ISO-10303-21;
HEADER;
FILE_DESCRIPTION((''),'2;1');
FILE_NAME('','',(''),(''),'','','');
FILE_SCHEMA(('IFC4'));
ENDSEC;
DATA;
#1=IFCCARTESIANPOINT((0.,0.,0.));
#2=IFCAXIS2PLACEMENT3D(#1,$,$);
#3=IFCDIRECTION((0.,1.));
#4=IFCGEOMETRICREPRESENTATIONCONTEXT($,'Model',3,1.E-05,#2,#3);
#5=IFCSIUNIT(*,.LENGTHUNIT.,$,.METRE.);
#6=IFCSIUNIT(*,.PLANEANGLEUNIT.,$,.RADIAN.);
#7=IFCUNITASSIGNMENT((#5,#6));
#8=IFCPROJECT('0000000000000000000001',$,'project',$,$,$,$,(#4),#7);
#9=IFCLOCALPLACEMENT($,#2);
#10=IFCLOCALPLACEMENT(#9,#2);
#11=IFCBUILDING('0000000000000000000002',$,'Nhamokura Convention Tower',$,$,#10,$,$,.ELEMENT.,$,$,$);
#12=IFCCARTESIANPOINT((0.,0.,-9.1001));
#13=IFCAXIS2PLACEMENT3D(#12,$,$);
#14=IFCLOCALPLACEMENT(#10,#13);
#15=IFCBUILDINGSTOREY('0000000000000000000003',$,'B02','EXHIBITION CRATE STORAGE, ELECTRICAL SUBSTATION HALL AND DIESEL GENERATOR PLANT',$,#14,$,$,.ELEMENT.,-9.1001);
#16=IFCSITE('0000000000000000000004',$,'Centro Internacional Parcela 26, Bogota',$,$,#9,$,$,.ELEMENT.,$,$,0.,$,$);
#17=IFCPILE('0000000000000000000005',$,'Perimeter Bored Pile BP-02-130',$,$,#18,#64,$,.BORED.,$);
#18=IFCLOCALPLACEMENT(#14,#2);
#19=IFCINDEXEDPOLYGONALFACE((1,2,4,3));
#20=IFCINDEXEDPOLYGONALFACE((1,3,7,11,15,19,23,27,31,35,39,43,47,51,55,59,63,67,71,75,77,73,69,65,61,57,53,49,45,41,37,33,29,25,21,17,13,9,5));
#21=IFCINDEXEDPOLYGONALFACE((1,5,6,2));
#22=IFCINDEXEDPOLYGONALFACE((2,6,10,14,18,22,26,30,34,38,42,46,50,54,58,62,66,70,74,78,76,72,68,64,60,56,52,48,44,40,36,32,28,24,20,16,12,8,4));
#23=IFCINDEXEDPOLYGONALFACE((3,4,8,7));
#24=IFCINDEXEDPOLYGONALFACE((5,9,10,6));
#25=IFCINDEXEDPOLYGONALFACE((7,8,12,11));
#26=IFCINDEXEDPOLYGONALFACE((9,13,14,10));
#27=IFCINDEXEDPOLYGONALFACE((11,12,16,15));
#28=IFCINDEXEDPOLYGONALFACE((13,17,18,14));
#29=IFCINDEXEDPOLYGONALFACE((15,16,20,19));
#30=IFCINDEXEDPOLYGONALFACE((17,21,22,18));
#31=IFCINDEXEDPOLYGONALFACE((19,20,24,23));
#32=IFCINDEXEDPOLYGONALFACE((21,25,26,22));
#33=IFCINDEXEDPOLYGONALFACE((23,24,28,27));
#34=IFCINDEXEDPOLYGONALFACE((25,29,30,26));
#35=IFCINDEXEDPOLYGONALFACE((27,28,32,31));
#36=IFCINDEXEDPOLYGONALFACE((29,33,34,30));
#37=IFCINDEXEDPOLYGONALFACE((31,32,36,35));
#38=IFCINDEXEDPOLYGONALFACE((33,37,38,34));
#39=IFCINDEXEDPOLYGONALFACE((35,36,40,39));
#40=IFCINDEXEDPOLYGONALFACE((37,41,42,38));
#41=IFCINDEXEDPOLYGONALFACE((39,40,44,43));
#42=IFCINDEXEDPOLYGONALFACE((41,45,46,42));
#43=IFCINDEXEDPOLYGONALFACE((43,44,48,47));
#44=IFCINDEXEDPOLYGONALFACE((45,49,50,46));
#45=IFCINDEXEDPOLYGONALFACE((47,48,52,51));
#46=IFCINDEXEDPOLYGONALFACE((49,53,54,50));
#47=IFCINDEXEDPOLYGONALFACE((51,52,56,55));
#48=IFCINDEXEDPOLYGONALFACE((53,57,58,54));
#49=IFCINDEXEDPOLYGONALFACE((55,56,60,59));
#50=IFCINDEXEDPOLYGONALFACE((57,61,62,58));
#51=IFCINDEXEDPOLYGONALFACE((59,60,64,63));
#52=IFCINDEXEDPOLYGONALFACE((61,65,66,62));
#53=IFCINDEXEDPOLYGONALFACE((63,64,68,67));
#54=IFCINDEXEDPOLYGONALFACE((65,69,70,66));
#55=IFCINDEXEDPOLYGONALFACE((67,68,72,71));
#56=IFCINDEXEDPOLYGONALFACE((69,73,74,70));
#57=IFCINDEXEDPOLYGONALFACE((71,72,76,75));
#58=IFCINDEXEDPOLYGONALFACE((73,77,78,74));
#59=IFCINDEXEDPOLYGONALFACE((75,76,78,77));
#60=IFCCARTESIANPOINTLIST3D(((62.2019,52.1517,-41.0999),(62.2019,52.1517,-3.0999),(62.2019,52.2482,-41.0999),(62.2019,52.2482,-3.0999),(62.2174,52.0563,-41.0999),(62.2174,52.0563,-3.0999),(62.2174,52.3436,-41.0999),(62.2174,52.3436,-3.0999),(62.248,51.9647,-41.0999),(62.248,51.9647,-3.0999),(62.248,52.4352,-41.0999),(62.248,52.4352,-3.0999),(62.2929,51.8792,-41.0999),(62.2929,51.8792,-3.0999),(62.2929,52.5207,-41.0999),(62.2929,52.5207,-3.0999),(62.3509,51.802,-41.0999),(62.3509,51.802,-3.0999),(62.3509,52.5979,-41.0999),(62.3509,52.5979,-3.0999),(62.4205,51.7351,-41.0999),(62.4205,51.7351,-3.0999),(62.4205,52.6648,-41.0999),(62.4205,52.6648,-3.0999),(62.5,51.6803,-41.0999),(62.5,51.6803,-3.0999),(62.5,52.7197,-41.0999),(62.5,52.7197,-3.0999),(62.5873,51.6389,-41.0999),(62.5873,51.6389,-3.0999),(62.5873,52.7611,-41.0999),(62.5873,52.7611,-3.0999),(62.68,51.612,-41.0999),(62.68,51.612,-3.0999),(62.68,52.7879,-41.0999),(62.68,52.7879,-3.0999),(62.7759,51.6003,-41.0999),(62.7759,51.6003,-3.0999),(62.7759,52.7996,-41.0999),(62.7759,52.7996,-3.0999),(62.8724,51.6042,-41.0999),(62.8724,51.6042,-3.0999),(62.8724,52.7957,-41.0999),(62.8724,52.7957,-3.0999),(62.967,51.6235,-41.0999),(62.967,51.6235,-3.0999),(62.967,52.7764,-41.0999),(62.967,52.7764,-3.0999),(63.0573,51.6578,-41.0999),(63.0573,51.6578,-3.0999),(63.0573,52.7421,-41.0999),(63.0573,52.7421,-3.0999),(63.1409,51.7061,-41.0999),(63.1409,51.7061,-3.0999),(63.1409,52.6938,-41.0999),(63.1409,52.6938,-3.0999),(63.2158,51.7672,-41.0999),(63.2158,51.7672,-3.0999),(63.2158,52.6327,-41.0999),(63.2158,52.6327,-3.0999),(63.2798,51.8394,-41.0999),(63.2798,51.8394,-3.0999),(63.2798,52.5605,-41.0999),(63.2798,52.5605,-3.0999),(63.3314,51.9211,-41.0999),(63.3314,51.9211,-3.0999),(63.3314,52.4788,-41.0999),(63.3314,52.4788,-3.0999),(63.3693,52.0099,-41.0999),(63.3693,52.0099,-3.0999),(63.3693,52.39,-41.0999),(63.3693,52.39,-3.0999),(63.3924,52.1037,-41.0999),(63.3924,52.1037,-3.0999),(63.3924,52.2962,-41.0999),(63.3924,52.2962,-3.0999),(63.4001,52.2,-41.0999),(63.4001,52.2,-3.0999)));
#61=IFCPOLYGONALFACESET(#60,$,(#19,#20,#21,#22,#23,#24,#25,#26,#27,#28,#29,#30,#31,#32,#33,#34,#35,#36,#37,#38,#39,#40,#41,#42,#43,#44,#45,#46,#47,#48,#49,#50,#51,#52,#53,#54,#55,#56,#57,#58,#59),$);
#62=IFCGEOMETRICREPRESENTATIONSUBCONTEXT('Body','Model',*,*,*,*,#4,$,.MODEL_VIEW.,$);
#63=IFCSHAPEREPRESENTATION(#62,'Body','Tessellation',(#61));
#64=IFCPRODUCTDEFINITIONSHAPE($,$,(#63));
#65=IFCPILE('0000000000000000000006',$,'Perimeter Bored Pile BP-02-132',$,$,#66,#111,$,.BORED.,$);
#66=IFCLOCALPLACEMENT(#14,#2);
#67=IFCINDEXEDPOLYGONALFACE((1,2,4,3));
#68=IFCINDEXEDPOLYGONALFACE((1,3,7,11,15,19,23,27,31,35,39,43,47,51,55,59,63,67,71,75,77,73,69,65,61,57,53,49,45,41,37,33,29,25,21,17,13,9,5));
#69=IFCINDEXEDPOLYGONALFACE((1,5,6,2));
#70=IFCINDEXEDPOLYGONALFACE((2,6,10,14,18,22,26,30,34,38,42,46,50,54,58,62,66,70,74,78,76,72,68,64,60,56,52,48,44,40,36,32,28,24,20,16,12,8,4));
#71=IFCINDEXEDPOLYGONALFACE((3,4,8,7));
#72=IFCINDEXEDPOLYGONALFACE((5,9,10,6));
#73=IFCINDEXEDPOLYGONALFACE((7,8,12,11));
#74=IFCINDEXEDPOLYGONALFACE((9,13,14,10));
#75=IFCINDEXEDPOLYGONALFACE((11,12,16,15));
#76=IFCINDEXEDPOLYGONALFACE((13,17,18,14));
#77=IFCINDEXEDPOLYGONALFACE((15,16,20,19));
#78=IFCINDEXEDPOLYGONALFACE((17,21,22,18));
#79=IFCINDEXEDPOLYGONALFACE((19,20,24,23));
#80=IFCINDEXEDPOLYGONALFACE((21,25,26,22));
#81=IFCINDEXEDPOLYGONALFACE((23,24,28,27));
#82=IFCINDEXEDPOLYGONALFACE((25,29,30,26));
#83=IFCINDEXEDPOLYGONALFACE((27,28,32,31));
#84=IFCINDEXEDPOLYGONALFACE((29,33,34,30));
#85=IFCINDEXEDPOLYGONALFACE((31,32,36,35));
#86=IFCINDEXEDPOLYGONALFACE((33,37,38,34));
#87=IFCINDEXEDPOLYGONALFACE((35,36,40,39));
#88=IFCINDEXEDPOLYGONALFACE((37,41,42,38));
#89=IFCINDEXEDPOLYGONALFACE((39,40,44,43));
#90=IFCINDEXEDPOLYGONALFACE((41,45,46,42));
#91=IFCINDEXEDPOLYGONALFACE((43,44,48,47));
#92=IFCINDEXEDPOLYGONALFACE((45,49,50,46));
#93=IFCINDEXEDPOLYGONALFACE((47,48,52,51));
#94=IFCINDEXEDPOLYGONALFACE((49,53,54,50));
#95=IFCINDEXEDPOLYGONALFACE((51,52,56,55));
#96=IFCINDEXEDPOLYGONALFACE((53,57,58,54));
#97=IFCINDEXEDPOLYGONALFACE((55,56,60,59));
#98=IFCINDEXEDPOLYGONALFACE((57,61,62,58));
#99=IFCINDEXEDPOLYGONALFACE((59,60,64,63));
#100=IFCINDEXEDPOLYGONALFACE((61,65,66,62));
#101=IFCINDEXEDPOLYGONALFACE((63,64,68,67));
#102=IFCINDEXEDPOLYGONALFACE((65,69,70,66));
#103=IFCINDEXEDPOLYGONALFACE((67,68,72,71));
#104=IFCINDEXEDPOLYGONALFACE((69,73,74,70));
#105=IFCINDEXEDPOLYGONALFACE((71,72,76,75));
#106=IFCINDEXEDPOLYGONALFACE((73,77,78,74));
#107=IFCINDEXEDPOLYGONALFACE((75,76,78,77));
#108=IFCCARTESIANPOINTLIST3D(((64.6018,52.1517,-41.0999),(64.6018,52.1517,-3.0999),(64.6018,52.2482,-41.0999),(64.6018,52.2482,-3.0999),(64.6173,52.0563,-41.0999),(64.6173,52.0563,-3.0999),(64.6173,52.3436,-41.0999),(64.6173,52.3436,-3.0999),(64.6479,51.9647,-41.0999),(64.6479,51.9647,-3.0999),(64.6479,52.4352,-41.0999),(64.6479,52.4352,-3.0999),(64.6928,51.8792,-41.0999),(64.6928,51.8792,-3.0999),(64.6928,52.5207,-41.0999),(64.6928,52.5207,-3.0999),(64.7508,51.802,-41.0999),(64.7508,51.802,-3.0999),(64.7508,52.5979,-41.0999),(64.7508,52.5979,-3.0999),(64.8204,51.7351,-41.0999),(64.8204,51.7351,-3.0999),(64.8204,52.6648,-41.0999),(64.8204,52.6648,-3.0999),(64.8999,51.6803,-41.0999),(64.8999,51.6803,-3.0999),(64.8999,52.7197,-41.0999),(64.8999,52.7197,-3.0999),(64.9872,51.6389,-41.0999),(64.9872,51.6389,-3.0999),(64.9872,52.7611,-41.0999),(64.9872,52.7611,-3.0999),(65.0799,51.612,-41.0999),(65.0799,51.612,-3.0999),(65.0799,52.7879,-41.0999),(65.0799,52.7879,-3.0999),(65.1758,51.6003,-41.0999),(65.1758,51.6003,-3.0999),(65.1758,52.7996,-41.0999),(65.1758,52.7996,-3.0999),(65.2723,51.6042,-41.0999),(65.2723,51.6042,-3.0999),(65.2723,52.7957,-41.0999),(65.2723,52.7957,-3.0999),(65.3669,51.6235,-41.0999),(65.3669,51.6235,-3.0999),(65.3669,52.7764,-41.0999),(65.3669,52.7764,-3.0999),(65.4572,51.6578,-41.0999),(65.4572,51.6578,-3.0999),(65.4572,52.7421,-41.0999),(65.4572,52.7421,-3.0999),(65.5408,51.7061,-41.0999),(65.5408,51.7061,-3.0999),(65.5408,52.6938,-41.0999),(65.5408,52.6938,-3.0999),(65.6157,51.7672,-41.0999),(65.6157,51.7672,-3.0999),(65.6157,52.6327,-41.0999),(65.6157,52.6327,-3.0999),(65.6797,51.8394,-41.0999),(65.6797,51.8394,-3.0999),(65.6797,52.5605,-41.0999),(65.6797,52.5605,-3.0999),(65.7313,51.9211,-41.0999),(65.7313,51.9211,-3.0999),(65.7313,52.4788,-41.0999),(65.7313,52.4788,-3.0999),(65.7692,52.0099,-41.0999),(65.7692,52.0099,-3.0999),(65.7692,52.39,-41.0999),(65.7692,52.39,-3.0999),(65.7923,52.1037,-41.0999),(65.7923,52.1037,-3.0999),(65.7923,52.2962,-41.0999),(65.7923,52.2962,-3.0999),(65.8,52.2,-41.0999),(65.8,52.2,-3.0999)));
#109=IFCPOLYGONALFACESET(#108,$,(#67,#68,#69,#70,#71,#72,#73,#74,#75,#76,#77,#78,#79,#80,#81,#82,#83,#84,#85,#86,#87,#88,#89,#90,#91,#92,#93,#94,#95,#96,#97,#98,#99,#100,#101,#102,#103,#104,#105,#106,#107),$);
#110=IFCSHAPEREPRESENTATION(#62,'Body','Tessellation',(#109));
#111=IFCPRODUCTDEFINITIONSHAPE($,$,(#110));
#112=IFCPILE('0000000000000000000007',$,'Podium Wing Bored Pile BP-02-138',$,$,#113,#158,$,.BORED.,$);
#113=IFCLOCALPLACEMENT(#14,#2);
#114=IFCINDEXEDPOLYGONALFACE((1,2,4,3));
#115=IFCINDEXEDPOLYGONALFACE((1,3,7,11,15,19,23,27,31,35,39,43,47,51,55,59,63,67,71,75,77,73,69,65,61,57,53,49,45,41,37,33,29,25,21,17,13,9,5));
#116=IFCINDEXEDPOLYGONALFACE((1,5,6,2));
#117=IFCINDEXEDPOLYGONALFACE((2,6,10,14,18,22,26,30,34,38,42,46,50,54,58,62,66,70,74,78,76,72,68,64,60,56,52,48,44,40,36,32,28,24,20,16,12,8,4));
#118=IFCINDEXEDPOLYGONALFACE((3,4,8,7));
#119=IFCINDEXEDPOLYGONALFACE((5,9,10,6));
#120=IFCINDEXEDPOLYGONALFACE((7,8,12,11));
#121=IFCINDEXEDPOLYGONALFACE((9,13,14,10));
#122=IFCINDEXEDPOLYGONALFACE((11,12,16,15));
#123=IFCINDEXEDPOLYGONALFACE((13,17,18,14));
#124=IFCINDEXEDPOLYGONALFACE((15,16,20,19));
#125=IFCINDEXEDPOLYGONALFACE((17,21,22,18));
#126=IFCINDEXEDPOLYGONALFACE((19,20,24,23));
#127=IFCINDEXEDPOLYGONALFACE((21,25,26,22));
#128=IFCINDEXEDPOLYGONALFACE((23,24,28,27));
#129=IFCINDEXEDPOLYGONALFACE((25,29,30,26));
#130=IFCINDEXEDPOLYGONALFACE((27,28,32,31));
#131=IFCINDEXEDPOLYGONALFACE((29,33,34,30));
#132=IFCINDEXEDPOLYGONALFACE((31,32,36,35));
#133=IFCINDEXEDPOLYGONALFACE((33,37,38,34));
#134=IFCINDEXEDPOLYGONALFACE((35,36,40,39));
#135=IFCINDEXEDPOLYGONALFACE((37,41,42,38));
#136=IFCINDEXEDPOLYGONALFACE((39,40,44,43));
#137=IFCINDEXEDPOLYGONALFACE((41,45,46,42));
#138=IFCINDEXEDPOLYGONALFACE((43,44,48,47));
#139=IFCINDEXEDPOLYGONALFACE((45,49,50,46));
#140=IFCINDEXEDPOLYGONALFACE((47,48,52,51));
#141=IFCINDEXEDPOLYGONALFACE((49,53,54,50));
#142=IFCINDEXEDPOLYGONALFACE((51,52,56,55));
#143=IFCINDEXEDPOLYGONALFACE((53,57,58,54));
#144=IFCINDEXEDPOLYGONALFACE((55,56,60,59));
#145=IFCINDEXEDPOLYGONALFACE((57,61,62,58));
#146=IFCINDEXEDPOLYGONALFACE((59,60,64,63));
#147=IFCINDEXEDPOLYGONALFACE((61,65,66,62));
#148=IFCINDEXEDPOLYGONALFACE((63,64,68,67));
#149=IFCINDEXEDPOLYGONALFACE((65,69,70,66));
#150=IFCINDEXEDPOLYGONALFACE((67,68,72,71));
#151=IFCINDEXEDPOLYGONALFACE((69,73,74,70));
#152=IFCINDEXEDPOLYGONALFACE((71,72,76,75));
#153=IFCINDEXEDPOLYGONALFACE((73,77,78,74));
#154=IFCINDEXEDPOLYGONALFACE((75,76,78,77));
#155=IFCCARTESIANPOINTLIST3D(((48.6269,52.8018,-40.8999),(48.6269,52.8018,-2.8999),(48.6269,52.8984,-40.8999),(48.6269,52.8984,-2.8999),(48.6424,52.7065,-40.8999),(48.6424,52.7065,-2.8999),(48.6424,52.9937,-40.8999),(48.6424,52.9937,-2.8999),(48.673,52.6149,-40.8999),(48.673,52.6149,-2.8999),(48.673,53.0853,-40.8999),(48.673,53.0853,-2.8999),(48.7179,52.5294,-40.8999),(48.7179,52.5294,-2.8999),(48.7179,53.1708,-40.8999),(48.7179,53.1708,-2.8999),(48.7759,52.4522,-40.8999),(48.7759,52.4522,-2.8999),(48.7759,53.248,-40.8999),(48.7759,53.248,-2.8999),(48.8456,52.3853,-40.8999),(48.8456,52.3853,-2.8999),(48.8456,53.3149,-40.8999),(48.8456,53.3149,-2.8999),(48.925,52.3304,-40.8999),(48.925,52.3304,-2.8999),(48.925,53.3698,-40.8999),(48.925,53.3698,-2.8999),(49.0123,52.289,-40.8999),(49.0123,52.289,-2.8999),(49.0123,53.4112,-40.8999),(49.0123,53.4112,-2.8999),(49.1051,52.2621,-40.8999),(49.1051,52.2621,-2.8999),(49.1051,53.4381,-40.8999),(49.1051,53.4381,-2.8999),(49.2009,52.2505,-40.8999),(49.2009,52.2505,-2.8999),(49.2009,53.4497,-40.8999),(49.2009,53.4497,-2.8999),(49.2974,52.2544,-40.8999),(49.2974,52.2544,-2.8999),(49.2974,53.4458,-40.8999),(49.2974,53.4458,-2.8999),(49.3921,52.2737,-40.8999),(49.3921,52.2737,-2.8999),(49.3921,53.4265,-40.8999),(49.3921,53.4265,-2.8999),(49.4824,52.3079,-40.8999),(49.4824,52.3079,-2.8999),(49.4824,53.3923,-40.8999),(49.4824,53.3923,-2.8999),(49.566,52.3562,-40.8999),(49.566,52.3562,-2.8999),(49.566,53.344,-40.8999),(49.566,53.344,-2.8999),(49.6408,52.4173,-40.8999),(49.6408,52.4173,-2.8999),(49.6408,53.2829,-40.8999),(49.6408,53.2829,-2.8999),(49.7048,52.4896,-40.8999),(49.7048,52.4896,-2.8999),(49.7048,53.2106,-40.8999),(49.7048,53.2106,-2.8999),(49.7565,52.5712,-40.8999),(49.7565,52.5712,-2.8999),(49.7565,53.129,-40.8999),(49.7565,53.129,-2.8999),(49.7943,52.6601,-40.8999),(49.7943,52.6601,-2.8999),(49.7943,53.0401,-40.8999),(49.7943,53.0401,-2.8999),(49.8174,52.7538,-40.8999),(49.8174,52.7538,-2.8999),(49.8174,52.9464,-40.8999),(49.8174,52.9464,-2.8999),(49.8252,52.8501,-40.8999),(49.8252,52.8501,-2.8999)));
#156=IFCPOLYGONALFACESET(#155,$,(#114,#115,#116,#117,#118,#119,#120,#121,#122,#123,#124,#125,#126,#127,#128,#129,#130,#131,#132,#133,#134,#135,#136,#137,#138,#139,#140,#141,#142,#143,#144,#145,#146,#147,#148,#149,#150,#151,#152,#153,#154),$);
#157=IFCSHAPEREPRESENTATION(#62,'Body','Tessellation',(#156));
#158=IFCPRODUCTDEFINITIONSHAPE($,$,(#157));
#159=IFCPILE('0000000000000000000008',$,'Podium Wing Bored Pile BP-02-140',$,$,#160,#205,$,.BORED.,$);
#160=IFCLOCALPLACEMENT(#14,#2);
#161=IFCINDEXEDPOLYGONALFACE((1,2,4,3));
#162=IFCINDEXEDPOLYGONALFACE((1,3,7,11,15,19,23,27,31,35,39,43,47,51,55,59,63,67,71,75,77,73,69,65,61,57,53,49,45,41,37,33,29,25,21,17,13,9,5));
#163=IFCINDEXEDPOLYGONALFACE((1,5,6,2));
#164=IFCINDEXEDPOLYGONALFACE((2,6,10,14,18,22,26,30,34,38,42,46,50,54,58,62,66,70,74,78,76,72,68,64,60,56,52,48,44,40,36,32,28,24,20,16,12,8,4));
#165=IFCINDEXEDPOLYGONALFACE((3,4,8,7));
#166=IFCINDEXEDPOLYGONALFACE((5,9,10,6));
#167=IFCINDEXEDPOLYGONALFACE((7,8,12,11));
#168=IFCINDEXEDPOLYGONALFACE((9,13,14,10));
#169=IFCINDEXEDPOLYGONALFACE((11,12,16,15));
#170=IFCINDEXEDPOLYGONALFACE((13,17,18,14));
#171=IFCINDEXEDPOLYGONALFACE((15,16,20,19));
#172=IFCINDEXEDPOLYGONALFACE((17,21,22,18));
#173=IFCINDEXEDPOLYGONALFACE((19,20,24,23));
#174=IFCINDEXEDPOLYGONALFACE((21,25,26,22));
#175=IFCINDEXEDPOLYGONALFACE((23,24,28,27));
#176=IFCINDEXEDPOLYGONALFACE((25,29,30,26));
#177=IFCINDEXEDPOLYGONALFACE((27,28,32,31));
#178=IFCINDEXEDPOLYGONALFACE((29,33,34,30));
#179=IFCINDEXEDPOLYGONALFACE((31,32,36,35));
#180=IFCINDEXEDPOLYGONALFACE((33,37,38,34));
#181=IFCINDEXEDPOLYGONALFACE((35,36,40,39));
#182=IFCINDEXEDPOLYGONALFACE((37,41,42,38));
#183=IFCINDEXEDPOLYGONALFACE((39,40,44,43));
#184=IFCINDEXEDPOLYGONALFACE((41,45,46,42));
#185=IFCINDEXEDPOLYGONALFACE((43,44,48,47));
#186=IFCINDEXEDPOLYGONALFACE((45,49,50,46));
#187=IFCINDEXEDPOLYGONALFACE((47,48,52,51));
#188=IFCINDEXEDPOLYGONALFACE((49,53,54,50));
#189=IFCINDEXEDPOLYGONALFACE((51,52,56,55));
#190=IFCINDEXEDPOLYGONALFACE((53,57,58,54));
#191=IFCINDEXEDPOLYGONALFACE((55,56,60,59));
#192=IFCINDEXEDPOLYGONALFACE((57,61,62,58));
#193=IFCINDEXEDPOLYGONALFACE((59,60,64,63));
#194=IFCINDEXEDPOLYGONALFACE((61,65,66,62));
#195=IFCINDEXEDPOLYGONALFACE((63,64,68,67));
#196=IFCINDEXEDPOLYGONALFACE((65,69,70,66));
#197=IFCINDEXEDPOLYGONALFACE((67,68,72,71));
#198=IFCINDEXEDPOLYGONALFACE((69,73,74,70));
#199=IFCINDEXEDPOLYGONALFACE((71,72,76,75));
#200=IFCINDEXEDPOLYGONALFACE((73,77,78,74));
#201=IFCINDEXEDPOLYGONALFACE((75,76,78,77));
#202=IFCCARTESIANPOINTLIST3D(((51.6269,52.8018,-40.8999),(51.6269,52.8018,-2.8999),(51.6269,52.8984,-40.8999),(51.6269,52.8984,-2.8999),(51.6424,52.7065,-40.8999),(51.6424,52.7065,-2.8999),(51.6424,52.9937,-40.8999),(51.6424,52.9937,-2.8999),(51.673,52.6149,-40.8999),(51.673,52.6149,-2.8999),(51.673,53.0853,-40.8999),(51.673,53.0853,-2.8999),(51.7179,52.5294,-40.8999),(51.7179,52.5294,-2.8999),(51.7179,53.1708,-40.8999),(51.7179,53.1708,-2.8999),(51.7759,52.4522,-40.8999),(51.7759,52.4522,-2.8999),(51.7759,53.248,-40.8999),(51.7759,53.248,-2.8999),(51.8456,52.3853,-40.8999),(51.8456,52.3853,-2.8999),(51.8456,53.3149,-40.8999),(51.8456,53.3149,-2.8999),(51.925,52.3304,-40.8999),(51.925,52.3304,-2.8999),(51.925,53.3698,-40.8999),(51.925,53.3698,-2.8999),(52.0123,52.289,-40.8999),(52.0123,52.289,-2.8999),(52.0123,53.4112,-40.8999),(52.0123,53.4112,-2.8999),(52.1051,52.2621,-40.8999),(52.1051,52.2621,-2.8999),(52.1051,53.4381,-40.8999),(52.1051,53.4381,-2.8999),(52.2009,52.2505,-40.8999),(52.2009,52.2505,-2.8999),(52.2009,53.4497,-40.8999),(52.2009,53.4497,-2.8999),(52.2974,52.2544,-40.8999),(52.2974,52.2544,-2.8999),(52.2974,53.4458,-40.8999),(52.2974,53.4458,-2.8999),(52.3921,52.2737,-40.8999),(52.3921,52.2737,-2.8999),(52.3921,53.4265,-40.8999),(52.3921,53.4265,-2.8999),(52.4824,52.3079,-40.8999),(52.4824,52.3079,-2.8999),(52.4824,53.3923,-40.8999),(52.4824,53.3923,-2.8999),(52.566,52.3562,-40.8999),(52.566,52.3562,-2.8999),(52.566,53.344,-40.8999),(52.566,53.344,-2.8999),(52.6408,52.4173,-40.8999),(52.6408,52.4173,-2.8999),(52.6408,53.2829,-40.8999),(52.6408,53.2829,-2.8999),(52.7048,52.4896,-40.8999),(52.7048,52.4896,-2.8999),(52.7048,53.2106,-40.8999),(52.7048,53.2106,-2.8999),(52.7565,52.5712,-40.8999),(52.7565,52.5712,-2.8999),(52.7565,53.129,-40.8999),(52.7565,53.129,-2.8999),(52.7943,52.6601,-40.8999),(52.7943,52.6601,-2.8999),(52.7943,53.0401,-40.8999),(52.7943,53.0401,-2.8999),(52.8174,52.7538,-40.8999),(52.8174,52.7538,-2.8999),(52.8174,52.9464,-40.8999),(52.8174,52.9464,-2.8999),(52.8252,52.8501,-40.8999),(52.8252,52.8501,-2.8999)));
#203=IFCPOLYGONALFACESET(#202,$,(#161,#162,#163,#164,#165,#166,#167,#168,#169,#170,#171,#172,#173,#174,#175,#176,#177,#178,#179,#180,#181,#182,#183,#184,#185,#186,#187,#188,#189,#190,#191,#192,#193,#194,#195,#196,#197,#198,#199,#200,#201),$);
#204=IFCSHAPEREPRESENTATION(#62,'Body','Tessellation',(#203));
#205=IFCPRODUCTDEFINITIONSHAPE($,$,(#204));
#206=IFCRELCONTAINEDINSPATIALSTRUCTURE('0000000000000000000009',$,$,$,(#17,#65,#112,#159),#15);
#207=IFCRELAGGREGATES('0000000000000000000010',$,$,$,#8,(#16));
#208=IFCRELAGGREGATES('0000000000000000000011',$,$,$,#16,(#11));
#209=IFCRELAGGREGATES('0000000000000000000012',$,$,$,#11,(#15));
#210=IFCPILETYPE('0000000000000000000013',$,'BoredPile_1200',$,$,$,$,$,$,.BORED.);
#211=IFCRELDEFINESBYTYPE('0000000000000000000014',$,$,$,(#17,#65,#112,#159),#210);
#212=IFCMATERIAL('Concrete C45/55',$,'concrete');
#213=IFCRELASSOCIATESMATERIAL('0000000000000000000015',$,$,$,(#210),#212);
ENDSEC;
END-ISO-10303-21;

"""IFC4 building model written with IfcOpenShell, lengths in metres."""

from ifc_helpers import new_model, si_unit, direction, frame, origin, origin_2d, place, context, subcontext, project, spatial, circle, extrude, material, material_profile, profile_set, type_object, element, save


model = new_model("IFC4")

# Units and contexts
model_context = context("Model", 3, precision=1e-05, world=origin(), true_north=direction((0.0, 1.0)))
body_context = subcontext(model_context, "Body", "Model", "MODEL_VIEW")
ifc_project = project(units=[si_unit("LENGTHUNIT", "METRE"), si_unit("PLANEANGLEUNIT", "RADIAN")], contexts=[model_context])

# Site, building, storey
site_placement = place(None, origin())
site = spatial("IfcSite", under=ifc_project, at=site_placement, Name="Centro Internacional Parcela 26, Bogota", CompositionType="ELEMENT", RefElevation=0.0)
building_placement = place(site_placement, origin())
building = spatial("IfcBuilding", under=site, at=building_placement, Name="Nhamokura Convention Tower", CompositionType="ELEMENT")
storey_placement = place(building_placement, frame((0.0, 0.0, -9.1001)))
storey = spatial("IfcBuildingStorey", under=building, at=storey_placement, Name="B02", Description="EXHIBITION CRATE STORAGE, ELECTRICAL SUBSTATION HALL AND DIESEL GENERATOR PLANT", CompositionType="ELEMENT", Elevation=-9.1001)

# Piles
ifc_material_1 = material(Name="Concrete C45/55", Category="concrete")
ifc_material_profile_1 = material_profile(ifc_material_1, circle(Radius=0.6001, at=origin_2d()))
ifc_profile_set_1 = profile_set([ifc_material_profile_1], Name="Concrete C45/55")
pile_type = type_object("IfcPileType", Name="BoredPile_1200", PredefinedType="BORED", material=ifc_profile_set_1)
for number, where, z_axis, x_axis, name in (
    (1, (62.8, 52.2, -3.0999), (0.0, 0.0, -1.0), (1.0, 0.0, 0.0), "Perimeter Bored Pile BP-02-130"),
    (2, (65.2, 52.2, -3.0999), (0.0, 0.0, -1.0), (1.0, 0.0, 0.0), "Perimeter Bored Pile BP-02-132"),
    (3, (49.2251, 52.8501, -2.8999), (0.0, 0.0, -1.0), (1.0, 0.0, 0.0), "Podium Wing Bored Pile BP-02-138"),
    (4, (52.2251, 52.8501, -2.8999), (0.0, 0.0, -1.0), (1.0, 0.0, 0.0), "Podium Wing Bored Pile BP-02-140"),
):
    element("IfcPile", number, at=place(storey_placement, frame(where, z_axis=z_axis, x_axis=x_axis)), inside=storey, type_object=pile_type, Name=name, PredefinedType="BORED", context=body_context, shape_type="SweptSolid", body=[
        extrude(circle(Radius=0.6001, at=origin_2d()), origin(), (0.0, 0.0, 1.0), 38.0),
    ])

save(model, "model.ifc")
